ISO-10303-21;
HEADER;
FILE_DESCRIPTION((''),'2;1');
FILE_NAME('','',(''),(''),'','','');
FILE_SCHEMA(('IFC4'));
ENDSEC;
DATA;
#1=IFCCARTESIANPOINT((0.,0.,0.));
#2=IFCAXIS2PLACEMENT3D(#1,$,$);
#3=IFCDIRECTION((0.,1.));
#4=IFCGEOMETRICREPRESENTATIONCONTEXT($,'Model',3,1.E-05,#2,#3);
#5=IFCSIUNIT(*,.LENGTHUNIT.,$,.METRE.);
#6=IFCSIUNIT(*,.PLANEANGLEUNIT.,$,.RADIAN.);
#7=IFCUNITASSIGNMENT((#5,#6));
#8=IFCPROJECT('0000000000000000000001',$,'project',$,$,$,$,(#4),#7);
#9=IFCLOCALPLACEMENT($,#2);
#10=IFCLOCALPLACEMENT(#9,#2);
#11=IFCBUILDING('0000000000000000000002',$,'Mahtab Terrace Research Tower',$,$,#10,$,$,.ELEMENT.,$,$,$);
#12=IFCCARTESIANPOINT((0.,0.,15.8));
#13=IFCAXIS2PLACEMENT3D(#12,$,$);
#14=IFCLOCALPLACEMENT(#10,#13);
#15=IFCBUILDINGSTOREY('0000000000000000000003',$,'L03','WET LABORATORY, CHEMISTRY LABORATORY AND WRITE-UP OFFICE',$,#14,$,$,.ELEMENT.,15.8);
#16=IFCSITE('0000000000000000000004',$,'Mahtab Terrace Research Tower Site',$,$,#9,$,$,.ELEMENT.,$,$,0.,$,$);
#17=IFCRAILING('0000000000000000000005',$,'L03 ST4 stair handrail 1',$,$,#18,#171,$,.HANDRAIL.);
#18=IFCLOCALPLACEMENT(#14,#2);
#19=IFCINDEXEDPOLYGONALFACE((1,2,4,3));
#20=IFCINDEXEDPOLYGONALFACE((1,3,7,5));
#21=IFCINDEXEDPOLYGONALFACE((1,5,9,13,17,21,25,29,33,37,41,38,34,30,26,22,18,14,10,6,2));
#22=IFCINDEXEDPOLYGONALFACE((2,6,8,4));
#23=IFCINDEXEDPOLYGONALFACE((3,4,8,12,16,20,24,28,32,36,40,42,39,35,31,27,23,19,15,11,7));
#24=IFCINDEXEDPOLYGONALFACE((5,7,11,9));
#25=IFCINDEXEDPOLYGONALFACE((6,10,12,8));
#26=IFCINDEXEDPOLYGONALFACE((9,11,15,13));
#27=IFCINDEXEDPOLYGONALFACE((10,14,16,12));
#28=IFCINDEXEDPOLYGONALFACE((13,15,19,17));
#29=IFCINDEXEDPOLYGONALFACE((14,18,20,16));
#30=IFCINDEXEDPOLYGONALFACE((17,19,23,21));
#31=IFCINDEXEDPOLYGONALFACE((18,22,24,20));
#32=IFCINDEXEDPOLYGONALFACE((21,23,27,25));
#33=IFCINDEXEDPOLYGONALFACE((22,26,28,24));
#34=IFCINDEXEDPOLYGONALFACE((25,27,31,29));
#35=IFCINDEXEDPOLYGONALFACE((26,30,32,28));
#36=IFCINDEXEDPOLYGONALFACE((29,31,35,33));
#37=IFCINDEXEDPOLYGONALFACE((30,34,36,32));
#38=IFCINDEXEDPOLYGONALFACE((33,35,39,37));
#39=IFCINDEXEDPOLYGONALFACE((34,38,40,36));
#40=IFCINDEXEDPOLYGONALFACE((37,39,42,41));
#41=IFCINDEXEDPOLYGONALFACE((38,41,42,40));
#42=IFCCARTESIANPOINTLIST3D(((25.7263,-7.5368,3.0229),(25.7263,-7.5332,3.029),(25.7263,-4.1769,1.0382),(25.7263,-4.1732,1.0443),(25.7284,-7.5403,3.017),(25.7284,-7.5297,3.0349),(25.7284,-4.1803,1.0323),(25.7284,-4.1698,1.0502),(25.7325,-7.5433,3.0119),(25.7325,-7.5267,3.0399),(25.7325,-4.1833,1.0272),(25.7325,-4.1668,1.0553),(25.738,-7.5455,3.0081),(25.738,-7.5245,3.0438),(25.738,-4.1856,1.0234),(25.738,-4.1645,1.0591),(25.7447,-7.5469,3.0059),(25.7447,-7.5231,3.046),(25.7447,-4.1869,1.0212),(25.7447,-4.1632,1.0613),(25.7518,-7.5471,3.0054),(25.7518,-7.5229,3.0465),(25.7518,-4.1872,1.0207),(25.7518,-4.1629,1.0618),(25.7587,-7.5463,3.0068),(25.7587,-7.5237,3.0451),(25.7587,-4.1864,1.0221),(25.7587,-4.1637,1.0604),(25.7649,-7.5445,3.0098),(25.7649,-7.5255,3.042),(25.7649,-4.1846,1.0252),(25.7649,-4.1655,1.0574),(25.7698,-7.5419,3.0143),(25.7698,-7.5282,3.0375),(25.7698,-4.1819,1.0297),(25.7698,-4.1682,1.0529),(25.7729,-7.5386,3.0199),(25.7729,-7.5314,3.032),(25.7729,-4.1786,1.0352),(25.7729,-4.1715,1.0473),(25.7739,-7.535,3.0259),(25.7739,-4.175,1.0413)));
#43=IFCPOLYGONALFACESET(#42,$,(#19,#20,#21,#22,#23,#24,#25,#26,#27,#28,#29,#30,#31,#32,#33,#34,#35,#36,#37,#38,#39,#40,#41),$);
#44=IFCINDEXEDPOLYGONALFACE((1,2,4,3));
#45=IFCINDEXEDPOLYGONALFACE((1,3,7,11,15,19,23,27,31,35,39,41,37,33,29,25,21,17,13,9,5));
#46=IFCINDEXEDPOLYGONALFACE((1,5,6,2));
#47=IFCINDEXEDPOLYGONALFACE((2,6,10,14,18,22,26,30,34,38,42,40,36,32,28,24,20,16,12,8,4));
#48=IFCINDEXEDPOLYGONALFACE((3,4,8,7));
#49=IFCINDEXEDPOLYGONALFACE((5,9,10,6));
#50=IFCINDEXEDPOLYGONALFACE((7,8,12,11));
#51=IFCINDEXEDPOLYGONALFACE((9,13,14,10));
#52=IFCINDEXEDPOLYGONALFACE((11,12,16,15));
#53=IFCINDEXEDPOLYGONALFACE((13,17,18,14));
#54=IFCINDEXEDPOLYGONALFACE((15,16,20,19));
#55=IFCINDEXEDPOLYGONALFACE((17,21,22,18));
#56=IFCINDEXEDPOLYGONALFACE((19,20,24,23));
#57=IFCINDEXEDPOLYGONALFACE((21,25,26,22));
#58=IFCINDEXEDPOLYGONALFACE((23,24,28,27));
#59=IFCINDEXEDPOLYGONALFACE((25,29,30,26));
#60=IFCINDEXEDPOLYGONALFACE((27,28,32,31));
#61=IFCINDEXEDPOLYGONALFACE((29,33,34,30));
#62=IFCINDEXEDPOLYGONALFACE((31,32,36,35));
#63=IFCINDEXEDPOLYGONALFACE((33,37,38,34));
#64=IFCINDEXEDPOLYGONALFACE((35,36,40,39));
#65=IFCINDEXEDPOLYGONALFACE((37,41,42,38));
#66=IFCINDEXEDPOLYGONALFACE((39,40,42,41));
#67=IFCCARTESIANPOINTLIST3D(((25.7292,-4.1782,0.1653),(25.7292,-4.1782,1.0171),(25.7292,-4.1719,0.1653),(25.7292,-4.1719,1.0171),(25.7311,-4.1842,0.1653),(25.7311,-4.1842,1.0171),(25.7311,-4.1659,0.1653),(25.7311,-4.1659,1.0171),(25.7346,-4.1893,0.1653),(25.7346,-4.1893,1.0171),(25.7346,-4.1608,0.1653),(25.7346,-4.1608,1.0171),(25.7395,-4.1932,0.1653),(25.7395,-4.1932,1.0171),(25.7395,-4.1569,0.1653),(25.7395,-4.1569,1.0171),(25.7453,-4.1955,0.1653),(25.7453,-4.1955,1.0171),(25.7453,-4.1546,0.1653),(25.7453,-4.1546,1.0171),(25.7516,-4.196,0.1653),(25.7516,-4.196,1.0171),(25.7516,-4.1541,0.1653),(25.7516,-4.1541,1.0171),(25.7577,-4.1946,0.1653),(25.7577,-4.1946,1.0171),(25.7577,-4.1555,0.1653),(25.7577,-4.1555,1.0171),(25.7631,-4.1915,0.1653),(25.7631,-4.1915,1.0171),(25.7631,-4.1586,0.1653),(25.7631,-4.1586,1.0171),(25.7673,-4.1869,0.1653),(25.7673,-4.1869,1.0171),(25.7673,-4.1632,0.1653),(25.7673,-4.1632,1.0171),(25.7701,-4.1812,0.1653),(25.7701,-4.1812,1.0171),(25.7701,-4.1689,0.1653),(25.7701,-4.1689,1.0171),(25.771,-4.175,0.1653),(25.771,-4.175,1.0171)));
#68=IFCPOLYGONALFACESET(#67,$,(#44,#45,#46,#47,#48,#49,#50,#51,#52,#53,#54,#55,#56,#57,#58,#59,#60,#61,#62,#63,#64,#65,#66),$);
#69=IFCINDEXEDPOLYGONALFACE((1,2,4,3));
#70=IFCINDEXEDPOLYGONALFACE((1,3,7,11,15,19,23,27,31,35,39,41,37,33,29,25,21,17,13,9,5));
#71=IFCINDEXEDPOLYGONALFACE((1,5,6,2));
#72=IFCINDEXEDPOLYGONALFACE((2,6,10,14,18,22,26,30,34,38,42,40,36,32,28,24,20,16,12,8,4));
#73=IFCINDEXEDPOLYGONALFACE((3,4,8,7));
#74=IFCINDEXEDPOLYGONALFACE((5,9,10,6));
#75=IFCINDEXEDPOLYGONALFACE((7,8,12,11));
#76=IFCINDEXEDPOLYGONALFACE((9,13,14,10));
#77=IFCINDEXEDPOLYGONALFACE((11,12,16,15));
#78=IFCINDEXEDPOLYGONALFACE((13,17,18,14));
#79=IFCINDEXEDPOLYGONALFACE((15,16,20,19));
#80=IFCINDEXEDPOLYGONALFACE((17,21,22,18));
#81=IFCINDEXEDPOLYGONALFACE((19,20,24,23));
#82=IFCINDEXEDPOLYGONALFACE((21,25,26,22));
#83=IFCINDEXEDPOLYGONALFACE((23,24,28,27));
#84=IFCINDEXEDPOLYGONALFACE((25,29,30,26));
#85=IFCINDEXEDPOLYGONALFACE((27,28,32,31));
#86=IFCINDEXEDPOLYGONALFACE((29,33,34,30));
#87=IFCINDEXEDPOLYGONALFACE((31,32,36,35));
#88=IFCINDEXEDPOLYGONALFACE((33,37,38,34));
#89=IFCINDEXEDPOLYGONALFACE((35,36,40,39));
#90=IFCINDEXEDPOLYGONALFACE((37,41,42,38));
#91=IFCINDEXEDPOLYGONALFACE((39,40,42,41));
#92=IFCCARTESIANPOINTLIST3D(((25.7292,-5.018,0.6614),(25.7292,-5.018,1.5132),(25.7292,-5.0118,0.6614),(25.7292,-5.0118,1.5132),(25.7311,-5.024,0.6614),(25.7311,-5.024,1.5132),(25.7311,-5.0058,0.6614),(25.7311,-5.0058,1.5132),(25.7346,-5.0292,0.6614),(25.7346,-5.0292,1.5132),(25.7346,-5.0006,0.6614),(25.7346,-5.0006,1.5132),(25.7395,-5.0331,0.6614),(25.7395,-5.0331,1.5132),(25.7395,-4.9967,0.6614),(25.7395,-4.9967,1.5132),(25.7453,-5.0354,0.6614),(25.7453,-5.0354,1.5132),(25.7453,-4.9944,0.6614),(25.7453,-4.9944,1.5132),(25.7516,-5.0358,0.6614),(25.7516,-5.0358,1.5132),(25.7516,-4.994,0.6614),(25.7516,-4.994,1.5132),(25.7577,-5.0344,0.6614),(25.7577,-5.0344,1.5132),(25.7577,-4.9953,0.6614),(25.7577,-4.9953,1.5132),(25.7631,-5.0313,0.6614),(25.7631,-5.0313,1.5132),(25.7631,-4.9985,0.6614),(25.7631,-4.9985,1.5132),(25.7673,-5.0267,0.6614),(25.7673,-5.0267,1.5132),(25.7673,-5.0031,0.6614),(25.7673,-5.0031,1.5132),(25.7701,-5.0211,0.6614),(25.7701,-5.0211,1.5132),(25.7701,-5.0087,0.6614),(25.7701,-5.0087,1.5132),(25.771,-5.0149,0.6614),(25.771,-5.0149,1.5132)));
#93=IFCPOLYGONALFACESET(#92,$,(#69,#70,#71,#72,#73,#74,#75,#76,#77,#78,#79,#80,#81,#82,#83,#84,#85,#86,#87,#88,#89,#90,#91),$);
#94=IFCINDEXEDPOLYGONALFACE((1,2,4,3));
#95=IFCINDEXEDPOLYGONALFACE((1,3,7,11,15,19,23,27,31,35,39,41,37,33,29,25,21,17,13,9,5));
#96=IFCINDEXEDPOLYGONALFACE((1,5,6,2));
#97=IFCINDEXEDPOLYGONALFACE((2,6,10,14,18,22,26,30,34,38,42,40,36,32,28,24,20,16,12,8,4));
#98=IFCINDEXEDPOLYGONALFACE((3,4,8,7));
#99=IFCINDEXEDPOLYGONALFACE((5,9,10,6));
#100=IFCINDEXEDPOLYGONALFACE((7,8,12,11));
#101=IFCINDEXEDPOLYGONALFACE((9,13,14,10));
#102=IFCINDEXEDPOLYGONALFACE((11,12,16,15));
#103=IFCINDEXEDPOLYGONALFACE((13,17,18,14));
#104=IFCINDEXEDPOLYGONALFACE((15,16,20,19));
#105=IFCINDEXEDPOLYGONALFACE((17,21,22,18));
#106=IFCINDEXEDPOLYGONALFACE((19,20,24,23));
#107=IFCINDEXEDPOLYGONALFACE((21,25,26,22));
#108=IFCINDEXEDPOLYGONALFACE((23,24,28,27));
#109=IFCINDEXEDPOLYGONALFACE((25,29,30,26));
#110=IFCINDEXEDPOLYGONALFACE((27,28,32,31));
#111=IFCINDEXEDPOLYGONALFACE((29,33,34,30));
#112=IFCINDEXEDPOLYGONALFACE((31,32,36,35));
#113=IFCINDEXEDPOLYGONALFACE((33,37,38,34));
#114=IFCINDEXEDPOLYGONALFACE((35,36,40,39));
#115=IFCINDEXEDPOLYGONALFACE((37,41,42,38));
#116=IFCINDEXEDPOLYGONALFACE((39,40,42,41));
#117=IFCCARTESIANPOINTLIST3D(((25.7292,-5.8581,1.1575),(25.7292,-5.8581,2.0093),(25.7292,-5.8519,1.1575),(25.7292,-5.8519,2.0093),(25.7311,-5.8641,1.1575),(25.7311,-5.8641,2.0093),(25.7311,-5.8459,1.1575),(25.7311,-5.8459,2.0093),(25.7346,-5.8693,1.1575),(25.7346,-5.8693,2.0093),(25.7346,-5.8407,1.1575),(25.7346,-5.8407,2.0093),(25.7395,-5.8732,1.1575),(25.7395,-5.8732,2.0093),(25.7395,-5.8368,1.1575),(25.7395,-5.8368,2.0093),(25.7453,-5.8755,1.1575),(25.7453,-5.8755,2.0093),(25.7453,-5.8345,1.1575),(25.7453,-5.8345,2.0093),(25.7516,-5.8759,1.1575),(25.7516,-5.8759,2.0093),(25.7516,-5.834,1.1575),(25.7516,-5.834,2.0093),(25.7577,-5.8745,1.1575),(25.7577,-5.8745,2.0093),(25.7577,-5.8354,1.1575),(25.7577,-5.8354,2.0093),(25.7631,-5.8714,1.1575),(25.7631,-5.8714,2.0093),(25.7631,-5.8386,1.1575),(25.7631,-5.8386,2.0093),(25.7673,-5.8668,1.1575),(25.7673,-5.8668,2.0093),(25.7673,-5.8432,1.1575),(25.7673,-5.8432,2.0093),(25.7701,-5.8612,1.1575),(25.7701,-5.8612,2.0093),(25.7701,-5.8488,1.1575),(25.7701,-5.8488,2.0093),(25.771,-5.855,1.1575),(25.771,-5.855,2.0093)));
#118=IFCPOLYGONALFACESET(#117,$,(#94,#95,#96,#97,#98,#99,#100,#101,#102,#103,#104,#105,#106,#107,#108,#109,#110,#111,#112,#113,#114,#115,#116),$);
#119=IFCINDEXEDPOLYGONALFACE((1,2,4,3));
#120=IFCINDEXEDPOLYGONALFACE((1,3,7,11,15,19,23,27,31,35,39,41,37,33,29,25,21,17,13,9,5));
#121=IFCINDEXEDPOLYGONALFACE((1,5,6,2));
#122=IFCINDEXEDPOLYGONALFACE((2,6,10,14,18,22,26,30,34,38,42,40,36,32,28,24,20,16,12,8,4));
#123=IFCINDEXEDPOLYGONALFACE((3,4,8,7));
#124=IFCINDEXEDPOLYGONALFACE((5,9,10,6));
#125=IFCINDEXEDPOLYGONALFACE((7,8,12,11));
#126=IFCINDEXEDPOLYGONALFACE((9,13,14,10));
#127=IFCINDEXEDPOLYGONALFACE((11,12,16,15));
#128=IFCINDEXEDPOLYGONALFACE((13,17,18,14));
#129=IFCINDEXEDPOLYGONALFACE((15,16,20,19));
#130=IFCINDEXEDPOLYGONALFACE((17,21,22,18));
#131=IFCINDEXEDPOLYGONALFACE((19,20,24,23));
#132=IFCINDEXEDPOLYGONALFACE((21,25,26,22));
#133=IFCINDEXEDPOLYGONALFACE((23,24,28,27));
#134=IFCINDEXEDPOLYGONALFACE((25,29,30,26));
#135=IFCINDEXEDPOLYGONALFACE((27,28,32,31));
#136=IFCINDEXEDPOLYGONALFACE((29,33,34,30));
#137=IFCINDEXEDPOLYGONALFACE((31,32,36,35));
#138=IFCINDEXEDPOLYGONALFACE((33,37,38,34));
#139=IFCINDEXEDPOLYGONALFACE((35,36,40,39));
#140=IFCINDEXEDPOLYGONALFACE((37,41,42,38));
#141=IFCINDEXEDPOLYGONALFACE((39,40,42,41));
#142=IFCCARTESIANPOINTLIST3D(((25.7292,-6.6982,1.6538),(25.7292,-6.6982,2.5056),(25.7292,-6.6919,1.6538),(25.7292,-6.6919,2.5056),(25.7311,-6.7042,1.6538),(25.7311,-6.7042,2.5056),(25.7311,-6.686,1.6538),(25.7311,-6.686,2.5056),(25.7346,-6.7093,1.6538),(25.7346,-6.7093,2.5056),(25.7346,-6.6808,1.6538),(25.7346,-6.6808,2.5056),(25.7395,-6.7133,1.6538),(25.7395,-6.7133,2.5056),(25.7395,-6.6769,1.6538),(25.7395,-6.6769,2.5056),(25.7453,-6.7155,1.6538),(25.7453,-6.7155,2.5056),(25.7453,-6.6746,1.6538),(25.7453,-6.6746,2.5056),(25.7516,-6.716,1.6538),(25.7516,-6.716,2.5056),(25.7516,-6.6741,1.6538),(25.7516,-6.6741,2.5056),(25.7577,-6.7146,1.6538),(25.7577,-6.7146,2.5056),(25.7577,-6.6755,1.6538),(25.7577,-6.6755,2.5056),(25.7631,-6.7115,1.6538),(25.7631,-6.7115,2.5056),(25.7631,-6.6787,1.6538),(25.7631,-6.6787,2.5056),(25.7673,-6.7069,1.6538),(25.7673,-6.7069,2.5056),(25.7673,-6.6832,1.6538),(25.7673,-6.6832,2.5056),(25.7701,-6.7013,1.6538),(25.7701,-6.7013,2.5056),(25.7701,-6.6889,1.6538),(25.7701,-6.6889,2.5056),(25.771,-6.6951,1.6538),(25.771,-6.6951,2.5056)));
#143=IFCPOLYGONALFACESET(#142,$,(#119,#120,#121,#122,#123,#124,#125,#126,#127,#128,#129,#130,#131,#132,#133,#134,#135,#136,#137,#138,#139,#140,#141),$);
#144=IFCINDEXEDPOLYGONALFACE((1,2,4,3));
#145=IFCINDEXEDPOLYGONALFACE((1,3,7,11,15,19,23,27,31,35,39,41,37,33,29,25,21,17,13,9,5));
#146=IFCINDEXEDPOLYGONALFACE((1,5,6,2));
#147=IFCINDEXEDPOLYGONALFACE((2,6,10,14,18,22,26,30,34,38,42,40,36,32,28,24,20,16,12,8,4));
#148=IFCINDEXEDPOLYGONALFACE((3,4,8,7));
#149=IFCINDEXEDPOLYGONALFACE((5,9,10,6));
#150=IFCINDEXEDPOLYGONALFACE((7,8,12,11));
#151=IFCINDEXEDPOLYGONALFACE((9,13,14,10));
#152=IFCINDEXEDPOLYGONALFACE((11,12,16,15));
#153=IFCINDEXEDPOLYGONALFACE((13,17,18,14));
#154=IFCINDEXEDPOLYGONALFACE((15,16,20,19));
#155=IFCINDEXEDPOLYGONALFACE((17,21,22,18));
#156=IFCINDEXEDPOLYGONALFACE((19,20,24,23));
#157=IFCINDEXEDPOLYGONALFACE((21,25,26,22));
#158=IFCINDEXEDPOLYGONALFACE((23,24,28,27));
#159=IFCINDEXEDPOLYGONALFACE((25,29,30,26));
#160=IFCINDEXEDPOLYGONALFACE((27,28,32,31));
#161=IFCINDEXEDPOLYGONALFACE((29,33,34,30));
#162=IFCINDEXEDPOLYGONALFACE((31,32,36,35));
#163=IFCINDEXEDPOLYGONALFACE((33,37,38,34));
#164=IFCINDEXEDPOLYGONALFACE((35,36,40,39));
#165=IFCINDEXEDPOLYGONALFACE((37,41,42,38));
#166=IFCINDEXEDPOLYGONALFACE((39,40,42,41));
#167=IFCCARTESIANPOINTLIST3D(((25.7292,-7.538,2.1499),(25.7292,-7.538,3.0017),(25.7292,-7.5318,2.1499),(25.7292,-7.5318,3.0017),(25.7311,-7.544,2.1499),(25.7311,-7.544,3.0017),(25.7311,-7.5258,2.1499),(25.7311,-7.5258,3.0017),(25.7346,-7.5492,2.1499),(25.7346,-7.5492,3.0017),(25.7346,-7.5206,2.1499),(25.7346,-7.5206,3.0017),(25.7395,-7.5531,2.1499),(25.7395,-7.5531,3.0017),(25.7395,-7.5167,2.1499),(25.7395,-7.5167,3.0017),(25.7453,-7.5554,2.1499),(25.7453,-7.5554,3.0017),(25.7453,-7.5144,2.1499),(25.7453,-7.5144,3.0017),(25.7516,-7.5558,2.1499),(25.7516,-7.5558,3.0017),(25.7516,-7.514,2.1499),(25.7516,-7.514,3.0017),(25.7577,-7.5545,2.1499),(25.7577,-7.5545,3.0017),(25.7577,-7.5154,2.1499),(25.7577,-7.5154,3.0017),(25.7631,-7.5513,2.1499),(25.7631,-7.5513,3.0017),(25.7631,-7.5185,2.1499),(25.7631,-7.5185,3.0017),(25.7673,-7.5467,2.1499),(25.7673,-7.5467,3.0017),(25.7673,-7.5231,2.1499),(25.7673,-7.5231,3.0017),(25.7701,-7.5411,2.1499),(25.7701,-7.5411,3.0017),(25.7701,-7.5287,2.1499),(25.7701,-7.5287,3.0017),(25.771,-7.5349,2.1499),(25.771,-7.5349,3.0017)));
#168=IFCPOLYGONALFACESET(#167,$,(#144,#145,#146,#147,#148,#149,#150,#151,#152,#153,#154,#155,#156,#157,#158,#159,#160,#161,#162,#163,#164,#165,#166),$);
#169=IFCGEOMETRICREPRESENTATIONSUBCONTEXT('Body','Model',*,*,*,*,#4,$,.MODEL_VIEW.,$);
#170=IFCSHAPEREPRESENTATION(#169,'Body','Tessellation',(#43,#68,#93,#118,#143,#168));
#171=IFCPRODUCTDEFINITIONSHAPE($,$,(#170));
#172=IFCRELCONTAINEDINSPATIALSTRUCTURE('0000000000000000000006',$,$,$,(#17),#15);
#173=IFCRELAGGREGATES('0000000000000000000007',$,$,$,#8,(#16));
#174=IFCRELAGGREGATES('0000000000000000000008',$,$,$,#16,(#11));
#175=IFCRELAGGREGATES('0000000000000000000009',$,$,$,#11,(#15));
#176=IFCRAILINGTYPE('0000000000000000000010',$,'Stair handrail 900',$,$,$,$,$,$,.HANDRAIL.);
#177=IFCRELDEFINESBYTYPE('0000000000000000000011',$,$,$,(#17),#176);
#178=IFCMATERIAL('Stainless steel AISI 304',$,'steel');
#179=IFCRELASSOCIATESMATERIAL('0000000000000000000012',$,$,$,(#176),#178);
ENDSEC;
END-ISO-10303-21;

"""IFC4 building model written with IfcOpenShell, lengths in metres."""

from ifc_helpers import new_model, si_unit, direction, frame, origin, origin_2d, place, context, subcontext, project, spatial, circle, extrude, material, type_object, element, save


model = new_model("IFC4")

# Units and contexts
model_context = context("Model", 3, precision=1e-05, world=origin(), true_north=direction((0.0, 1.0)))
body_context = subcontext(model_context, "Body", "Model", "MODEL_VIEW")
ifc_project = project(units=[si_unit("LENGTHUNIT", "METRE"), si_unit("PLANEANGLEUNIT", "RADIAN")], contexts=[model_context])

# Site, building, storey
site_placement = place(None, origin())
site = spatial("IfcSite", under=ifc_project, at=site_placement, Name="Mahtab Terrace Research Tower Site", CompositionType="ELEMENT", RefElevation=0.0)
building_placement = place(site_placement, origin())
building = spatial("IfcBuilding", under=site, at=building_placement, Name="Mahtab Terrace Research Tower", CompositionType="ELEMENT")
storey_placement = place(building_placement, frame((0.0, 0.0, 15.8)))
storey = spatial("IfcBuildingStorey", under=building, at=storey_placement, Name="L03", Description="WET LABORATORY, CHEMISTRY LABORATORY AND WRITE-UP OFFICE", CompositionType="ELEMENT", Elevation=15.8)

# Shared definitions
ifc_material_1 = material(Name="Stainless steel AISI 304", Category="steel")

# Railing
railing_type_1 = type_object("IfcRailingType", Name="Stair handrail 900", PredefinedType="HANDRAIL", material=ifc_material_1)
railing_1_placement = place(storey_placement, frame((25.75, -4.175, 0.1653)))
element("IfcRailing", 1, at=railing_1_placement, inside=storey, type_object=railing_type_1, Name="L03 ST4 stair handrail 1", PredefinedType="HANDRAIL", context=body_context, shape_type="SweptSolid", body=[
    extrude(circle(Radius=0.0239, at=origin_2d()), frame((0.0, 0.0, 0.876), z_axis=(0.0, -0.861011, 0.508586), x_axis=(1.0, 0.0, 0.0)), (0.0, 0.0, 1.0), 3.9023),
    extrude(circle(Radius=0.021, at=origin_2d()), origin(), (0.0, 0.0, 1.0), 0.8518),
    extrude(circle(Radius=0.021, at=origin_2d()), frame((0.0, -0.8398, 0.4961)), (0.0, 0.0, 1.0), 0.8518),
    extrude(circle(Radius=0.021, at=origin_2d()), frame((0.0, -1.6799, 0.9922)), (0.0, 0.0, 1.0), 0.8518),
    extrude(circle(Radius=0.021, at=origin_2d()), frame((0.0, -2.52, 1.4885)), (0.0, 0.0, 1.0), 0.8518),
    extrude(circle(Radius=0.021, at=origin_2d()), frame((0.0, -3.3599, 1.9846)), (0.0, 0.0, 1.0), 0.8518),
])

save(model, "model.ifc")
